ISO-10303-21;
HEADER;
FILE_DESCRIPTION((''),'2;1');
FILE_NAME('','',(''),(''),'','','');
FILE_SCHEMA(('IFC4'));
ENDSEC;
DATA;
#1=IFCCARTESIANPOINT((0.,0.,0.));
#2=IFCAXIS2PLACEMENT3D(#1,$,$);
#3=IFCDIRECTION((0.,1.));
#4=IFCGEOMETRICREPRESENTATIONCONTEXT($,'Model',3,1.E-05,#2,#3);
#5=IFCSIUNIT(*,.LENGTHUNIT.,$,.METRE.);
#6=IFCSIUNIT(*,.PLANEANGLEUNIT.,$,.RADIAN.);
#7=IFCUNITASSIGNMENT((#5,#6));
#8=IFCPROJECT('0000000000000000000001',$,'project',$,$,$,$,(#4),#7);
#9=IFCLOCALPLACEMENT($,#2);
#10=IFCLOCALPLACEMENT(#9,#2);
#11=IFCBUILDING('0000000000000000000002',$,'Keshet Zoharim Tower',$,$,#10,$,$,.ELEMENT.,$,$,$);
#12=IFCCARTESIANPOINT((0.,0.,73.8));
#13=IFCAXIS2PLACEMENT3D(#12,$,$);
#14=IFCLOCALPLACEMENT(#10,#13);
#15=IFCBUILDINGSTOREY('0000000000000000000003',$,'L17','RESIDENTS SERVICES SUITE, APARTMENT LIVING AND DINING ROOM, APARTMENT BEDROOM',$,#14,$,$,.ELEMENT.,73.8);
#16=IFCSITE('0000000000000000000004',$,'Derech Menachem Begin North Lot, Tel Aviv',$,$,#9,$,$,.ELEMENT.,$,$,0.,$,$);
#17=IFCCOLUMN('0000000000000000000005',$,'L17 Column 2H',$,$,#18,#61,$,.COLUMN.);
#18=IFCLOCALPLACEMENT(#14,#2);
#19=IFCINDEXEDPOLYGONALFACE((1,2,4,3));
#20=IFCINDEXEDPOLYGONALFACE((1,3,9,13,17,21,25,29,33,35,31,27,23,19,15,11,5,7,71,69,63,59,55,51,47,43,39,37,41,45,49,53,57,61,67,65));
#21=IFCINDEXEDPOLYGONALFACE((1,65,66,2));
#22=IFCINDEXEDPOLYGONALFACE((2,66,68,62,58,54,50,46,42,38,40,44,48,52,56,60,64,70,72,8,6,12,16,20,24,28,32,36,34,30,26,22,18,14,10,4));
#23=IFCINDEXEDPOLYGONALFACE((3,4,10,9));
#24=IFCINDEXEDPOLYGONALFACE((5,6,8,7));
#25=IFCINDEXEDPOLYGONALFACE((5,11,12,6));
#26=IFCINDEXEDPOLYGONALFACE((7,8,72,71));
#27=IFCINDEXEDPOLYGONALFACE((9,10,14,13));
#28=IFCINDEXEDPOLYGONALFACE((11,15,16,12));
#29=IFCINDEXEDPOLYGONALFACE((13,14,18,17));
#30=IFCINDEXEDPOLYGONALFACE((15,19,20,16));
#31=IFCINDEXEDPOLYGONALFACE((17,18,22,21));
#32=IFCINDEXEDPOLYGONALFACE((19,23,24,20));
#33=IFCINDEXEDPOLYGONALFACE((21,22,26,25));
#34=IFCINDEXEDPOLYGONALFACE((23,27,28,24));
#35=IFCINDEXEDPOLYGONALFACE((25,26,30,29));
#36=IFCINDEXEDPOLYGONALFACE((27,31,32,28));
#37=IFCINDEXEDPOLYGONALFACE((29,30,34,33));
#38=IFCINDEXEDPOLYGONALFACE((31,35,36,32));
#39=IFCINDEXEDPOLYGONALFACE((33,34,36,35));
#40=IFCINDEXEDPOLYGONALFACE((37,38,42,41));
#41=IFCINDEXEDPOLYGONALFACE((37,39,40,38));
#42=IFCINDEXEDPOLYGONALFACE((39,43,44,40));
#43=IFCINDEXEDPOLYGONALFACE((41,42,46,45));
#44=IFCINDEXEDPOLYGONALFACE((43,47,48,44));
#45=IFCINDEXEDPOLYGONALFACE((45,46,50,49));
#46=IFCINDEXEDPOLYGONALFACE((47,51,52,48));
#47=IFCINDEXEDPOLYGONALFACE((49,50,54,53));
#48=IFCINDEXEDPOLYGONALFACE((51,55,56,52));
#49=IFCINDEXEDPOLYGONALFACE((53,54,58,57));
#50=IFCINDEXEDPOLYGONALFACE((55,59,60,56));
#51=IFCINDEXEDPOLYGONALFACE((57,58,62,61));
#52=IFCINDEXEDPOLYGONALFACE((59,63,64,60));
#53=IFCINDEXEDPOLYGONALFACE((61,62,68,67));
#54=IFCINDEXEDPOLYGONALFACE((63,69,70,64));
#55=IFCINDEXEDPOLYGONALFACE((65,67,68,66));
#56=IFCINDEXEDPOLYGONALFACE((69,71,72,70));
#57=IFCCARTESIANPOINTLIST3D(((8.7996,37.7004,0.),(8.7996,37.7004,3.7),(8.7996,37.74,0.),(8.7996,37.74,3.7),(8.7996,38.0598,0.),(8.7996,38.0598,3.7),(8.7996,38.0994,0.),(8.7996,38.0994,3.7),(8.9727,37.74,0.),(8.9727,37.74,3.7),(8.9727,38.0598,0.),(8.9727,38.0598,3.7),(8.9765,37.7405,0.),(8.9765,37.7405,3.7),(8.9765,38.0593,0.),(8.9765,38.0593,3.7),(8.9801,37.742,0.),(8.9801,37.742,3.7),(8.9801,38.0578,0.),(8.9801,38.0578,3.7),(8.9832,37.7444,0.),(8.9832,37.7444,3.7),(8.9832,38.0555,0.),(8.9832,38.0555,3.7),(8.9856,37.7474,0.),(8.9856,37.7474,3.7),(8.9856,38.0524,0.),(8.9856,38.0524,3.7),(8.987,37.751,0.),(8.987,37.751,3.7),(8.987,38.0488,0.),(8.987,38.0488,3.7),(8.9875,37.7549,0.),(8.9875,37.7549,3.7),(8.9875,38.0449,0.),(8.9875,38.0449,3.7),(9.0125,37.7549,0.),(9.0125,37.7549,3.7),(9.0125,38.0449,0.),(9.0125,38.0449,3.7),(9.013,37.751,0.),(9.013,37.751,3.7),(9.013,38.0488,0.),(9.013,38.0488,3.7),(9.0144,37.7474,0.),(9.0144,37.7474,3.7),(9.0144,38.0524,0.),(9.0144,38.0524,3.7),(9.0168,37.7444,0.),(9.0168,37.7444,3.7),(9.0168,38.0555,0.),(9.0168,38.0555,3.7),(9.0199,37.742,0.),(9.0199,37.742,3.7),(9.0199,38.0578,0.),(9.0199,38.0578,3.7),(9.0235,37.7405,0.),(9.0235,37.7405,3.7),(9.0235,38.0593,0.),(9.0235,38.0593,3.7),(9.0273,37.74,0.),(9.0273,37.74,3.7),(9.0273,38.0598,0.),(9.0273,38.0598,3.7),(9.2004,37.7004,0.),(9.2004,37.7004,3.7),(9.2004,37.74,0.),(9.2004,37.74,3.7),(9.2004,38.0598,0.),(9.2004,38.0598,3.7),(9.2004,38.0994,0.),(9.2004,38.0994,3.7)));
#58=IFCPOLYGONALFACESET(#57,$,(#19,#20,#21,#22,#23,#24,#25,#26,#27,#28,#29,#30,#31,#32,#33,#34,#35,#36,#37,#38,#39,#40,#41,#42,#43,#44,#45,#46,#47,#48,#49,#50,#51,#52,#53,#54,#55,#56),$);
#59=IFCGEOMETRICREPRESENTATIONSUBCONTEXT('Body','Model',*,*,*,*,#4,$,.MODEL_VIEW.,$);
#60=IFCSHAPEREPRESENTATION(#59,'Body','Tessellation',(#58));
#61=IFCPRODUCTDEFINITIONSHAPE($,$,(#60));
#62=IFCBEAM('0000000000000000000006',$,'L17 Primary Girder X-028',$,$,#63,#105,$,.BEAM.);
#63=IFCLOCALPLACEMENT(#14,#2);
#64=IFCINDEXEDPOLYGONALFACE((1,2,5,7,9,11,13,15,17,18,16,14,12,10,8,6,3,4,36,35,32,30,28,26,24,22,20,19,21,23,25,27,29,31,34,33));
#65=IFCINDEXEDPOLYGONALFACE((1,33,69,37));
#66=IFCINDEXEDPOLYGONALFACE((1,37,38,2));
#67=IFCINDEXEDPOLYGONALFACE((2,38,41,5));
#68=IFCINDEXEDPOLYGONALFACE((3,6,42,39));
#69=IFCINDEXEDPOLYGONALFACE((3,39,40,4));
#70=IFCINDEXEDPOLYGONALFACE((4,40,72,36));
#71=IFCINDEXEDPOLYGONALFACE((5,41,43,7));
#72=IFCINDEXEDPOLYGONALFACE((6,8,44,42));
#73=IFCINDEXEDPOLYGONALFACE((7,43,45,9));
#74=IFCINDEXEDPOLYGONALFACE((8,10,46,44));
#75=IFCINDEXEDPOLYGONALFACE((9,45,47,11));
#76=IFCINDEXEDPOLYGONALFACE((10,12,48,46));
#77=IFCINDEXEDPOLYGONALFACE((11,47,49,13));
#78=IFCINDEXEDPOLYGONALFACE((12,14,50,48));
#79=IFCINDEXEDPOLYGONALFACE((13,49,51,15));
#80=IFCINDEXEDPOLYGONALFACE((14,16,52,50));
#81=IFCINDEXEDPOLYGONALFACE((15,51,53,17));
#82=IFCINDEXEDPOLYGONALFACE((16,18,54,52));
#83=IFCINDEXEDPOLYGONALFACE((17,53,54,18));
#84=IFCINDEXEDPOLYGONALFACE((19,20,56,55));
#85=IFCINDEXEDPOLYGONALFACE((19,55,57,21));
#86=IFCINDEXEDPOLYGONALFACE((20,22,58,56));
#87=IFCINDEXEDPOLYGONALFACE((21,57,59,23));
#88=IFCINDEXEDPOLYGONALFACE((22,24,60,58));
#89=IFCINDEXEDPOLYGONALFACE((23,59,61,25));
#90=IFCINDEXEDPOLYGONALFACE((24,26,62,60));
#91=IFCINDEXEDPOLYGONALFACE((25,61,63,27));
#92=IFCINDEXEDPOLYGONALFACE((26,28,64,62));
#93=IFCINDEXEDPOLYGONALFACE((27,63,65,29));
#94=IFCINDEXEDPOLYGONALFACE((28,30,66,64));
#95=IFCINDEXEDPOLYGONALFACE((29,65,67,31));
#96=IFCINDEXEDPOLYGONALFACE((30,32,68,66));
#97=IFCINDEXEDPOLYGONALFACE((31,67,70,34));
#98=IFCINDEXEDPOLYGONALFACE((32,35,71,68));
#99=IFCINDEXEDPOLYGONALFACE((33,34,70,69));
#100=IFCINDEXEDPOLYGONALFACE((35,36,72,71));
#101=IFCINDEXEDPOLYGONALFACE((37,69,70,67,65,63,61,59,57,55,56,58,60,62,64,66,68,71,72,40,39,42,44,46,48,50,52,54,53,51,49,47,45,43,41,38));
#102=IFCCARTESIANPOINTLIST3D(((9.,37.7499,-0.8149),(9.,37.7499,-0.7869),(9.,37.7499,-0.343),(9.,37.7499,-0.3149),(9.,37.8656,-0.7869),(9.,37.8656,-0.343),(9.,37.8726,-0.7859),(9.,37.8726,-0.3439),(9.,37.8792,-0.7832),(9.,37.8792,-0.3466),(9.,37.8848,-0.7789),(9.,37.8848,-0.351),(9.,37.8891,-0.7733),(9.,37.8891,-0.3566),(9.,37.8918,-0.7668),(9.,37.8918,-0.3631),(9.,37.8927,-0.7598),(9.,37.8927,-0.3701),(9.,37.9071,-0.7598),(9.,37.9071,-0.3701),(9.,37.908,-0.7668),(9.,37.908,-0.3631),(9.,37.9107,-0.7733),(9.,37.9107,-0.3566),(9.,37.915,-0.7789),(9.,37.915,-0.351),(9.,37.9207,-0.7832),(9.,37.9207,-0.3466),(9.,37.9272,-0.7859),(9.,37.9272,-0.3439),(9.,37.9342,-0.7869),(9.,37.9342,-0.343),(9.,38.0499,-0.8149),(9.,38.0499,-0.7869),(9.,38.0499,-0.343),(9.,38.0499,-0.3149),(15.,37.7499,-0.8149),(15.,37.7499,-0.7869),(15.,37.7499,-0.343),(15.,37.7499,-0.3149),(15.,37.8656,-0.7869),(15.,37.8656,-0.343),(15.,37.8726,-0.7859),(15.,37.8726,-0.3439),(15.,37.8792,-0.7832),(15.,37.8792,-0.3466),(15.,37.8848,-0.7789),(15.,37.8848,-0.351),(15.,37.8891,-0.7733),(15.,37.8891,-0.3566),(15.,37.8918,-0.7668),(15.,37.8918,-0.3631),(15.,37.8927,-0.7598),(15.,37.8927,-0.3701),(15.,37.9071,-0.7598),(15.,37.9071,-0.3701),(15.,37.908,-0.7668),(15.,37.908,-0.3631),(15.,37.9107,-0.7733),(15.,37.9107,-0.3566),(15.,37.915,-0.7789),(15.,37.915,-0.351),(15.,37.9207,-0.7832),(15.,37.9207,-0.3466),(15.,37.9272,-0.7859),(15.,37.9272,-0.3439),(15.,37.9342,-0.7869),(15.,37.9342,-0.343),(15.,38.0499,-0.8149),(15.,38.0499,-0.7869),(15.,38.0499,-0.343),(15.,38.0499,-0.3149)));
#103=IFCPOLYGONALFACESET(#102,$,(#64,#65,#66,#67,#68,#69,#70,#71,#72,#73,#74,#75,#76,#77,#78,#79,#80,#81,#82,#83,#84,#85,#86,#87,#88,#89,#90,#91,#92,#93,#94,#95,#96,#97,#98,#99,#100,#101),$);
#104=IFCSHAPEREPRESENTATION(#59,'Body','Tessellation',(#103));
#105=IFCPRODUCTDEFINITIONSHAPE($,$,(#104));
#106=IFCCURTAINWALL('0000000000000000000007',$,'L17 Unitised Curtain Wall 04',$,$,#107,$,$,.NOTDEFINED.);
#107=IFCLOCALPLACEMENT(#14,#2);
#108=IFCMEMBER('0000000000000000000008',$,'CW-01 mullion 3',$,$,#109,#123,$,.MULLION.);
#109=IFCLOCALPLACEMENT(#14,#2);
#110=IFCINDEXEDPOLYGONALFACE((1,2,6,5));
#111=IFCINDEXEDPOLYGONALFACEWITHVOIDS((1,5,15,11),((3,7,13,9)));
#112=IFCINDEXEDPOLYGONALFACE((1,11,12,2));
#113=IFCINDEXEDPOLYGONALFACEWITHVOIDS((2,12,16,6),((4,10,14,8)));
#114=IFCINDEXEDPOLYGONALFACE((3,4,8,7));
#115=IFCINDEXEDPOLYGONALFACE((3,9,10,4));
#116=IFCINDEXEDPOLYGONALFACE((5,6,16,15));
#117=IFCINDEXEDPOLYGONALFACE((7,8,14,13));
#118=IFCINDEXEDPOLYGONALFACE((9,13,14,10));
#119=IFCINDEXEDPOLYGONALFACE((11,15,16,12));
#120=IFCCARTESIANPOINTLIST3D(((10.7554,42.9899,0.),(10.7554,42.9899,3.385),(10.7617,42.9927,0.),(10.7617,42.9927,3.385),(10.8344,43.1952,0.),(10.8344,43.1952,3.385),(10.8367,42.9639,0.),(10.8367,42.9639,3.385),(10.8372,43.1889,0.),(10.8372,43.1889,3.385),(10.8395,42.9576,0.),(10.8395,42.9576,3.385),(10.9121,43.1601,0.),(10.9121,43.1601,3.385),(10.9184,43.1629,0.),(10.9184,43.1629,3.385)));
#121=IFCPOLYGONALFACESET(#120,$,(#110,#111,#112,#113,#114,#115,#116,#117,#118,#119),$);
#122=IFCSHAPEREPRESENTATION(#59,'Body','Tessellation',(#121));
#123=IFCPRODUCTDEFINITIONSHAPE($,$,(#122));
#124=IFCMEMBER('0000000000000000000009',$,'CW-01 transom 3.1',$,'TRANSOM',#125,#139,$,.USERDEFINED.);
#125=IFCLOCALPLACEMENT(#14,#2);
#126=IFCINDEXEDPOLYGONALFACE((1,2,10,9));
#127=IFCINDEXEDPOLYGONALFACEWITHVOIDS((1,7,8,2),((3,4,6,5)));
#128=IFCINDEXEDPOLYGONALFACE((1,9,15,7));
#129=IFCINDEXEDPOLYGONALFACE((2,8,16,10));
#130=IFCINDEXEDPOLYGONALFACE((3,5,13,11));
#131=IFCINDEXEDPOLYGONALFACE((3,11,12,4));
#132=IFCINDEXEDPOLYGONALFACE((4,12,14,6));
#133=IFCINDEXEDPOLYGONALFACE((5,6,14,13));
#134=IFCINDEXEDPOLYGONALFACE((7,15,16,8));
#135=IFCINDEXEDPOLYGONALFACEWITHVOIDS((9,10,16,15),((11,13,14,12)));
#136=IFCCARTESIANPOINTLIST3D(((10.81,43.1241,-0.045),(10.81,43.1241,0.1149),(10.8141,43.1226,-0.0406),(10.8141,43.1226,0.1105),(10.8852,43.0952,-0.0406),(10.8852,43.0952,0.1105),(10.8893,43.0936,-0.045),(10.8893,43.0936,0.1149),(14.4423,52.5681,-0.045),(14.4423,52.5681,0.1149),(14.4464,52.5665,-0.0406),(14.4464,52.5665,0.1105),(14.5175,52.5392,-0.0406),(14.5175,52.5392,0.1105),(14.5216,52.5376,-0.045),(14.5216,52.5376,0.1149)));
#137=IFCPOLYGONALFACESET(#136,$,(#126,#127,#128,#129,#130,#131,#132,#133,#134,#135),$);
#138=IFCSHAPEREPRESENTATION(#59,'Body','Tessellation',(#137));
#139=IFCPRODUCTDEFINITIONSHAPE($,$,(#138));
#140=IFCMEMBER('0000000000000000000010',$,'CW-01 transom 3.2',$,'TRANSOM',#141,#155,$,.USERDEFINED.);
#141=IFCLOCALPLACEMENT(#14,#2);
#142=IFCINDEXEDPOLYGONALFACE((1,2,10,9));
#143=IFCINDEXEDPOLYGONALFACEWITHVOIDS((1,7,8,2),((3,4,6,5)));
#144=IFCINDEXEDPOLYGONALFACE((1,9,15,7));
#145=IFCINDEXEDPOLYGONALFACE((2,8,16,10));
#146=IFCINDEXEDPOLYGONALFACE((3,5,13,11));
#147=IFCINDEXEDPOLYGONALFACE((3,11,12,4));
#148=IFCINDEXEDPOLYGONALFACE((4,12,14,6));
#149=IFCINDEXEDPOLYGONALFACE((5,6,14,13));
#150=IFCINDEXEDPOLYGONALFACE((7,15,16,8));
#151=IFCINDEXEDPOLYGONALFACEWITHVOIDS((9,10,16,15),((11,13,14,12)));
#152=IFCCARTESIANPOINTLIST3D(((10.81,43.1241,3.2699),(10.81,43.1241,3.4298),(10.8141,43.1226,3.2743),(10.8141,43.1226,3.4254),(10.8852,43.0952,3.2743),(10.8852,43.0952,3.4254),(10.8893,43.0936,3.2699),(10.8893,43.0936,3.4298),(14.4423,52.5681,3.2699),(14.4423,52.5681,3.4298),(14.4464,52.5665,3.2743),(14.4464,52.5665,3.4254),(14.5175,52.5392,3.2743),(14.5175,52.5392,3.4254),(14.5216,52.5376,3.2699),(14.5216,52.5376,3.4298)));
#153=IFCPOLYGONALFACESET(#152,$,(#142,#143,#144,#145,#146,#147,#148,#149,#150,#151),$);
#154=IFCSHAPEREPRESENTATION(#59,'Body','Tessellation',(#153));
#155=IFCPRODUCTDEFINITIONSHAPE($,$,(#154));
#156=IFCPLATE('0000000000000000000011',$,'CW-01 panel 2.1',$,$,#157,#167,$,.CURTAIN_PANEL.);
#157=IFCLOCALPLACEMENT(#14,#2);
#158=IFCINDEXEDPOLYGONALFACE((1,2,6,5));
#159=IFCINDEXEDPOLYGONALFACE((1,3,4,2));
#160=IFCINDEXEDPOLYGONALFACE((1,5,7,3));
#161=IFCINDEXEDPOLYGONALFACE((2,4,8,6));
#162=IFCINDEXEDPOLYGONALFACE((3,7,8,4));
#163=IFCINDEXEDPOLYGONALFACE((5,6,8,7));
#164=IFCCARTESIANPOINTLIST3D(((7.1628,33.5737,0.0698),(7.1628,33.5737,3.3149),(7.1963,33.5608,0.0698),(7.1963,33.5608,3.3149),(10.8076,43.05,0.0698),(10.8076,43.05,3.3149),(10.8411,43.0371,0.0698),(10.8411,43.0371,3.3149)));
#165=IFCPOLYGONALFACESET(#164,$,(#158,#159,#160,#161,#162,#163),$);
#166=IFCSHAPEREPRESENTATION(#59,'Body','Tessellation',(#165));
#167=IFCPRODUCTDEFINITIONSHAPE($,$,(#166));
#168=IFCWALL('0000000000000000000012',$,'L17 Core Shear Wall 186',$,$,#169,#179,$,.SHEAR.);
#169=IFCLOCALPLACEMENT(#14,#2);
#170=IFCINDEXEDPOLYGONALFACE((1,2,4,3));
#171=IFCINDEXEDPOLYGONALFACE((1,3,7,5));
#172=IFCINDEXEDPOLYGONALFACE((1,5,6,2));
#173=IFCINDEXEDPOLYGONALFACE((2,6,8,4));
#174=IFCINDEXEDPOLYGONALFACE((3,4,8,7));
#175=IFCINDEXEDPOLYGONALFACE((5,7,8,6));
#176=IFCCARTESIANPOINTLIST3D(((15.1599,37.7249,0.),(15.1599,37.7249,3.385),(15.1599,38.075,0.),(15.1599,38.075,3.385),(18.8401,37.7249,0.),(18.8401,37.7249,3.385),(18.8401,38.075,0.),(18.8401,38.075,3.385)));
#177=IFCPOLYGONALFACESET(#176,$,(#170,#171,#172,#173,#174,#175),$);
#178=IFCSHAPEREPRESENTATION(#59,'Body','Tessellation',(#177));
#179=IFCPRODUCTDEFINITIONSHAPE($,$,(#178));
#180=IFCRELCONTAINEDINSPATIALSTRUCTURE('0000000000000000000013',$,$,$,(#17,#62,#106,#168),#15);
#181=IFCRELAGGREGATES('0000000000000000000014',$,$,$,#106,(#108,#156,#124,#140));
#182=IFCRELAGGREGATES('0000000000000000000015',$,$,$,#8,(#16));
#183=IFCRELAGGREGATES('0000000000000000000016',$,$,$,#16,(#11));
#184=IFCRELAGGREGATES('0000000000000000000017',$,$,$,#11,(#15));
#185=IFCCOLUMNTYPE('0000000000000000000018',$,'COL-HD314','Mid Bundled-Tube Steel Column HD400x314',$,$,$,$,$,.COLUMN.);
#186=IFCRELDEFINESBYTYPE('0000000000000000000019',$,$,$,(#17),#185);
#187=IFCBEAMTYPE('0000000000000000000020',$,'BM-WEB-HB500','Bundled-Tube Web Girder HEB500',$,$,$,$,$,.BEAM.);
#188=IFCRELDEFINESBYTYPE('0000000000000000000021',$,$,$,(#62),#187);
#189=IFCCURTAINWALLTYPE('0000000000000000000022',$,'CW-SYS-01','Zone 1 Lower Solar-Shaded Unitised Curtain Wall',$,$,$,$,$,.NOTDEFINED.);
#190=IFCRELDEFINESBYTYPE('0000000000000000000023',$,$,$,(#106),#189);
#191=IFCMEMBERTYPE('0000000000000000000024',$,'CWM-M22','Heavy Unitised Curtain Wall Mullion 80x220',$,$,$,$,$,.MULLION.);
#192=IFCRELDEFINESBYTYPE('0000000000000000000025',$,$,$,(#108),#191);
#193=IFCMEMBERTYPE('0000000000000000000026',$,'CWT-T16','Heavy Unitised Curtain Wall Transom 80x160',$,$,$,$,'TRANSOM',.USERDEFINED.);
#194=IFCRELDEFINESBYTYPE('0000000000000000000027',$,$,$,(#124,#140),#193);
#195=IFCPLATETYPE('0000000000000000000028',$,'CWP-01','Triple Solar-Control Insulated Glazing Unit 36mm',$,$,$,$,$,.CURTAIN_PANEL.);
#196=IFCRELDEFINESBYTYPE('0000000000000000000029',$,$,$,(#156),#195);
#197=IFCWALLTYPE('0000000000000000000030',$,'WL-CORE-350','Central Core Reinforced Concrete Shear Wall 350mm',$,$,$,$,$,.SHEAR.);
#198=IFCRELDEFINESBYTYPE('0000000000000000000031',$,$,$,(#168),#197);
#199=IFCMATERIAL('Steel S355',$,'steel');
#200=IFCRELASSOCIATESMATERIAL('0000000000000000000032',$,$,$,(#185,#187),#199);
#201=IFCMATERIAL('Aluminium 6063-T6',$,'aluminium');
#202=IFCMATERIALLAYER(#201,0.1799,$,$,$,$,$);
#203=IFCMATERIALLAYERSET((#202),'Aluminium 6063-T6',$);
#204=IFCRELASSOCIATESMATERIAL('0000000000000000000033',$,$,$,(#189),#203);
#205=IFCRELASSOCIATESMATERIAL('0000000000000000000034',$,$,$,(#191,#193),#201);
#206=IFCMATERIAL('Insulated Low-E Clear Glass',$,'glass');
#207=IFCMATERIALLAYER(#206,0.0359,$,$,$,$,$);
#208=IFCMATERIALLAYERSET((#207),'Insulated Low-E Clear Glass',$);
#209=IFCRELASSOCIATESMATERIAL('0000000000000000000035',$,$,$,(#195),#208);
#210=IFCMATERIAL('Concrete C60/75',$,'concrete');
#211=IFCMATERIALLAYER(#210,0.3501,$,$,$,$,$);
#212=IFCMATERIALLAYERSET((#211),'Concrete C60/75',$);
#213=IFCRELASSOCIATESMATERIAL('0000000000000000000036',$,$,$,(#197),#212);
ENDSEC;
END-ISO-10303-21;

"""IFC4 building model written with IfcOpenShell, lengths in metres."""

from ifc_helpers import new_model, si_unit, direction, frame, frame_2d, origin, origin_2d, place, context, subcontext, project, spatial, rectangle, hollow_rectangle, i_section, extrude, material, layer, layer_set, material_profile, profile_set, type_object, element, aggregate, save


model = new_model("IFC4")

# Units and contexts
model_context = context("Model", 3, precision=1e-05, world=origin(), true_north=direction((0.0, 1.0)))
body_context = subcontext(model_context, "Body", "Model", "MODEL_VIEW")
ifc_project = project(units=[si_unit("LENGTHUNIT", "METRE"), si_unit("PLANEANGLEUNIT", "RADIAN")], contexts=[model_context])

# Site, building, storey
site_placement = place(None, origin())
site = spatial("IfcSite", under=ifc_project, at=site_placement, Name="Derech Menachem Begin North Lot, Tel Aviv", CompositionType="ELEMENT", RefElevation=0.0)
building_placement = place(site_placement, origin())
building = spatial("IfcBuilding", under=site, at=building_placement, Name="Keshet Zoharim Tower", CompositionType="ELEMENT")
storey_placement = place(building_placement, frame((0.0, 0.0, 73.8)))
storey = spatial("IfcBuildingStorey", under=building, at=storey_placement, Name="L17", Description="RESIDENTS SERVICES SUITE, APARTMENT LIVING AND DINING ROOM, APARTMENT BEDROOM", CompositionType="ELEMENT", Elevation=73.8)

# Column
ifc_material_1 = material(Name="Steel S355", Category="steel")
ifc_material_profile_1 = material_profile(ifc_material_1, i_section(OverallWidth=0.4009, OverallDepth=0.3989, WebThickness=0.0249, FlangeThickness=0.0396, FilletRadius=0.0149, at=origin_2d()), Name="HD400x314")
ifc_profile_set_1 = profile_set([ifc_material_profile_1], Name="Steel S355")
column_type = type_object("IfcColumnType", Name="COL-HD314", Description="Mid Bundled-Tube Steel Column HD400x314", PredefinedType="COLUMN", material=ifc_profile_set_1)
column_placement = place(storey_placement, frame((9.0, 37.8999, 0.0), z_axis=(0.0, 0.0, 1.0), x_axis=(1.0, 0.0, 0.0)))
element("IfcColumn", 1, at=column_placement, inside=storey, type_object=column_type, Name="L17 Column 2H", PredefinedType="COLUMN", context=body_context, shape_type="SweptSolid", body=[
    extrude(i_section(OverallWidth=0.4009, OverallDepth=0.3989, WebThickness=0.0249, FlangeThickness=0.0396, FilletRadius=0.0149, at=origin_2d()), origin(), (0.0, 0.0, 1.0), 3.7),
])

# Beam
ifc_material_profile_2 = material_profile(ifc_material_1, i_section(OverallWidth=0.3, OverallDepth=0.5, WebThickness=0.0144, FlangeThickness=0.0281, FilletRadius=0.0271, at=origin_2d()), Name="HEB500")
ifc_profile_set_2 = profile_set([ifc_material_profile_2], Name="Steel S355")
beam_type = type_object("IfcBeamType", Name="BM-WEB-HB500", Description="Bundled-Tube Web Girder HEB500", PredefinedType="BEAM", material=ifc_profile_set_2)
beam_placement = place(storey_placement, frame((9.0, 37.8999, -0.5649), z_axis=(1.0, 0.0, 0.0), x_axis=(0.0, 1.0, 0.0)))
element("IfcBeam", 2, at=beam_placement, inside=storey, type_object=beam_type, Name="L17 Primary Girder X-028", PredefinedType="BEAM", context=body_context, shape_type="SweptSolid", body=[
    extrude(i_section(OverallWidth=0.3, OverallDepth=0.5, WebThickness=0.0144, FlangeThickness=0.0281, FilletRadius=0.0271, at=origin_2d()), origin(), (0.0, 0.0, 1.0), 6.0),
])

# Curtain wall, members, plate
ifc_material_2 = material(Name="Aluminium 6063-T6", Category="aluminium")
ifc_layer_1 = layer(ifc_material_2, 0.1799)
ifc_layer_set_1 = layer_set([ifc_layer_1], Name="Aluminium 6063-T6")
curtain_wall_type = type_object("IfcCurtainWallType", Name="CW-SYS-01", Description="Zone 1 Lower Solar-Shaded Unitised Curtain Wall", PredefinedType="NOTDEFINED", material=ifc_layer_set_1)
curtain_wall_placement = place(storey_placement, origin())
curtain_wall = element("IfcCurtainWall", 3, at=curtain_wall_placement, inside=storey, type_object=curtain_wall_type, Name="L17 Unitised Curtain Wall 04", PredefinedType="NOTDEFINED")
ifc_material_profile_3 = material_profile(ifc_material_2, hollow_rectangle(XDim=0.0901, YDim=0.22, WallThickness=0.0049, at=origin_2d()), Name="MUL-90x220")
ifc_profile_set_3 = profile_set([ifc_material_profile_3], Name="Aluminium 6063-T6")
member_type_1 = type_object("IfcMemberType", Name="CWM-M22", Description="Heavy Unitised Curtain Wall Mullion 80x220", PredefinedType="MULLION", material=ifc_profile_set_3)
member_1_placement = place(storey_placement, frame((10.8369, 43.0764, 0.0), z_axis=(0.0, 0.0, 1.0), x_axis=(-0.933341, 0.35899, 0.0)))
member_1 = element("IfcMember", 4, at=member_1_placement, type_object=member_type_1, Name="CW-01 mullion 3", PredefinedType="MULLION", context=body_context, shape_type="SweptSolid", body=[
    extrude(hollow_rectangle(XDim=0.0901, YDim=0.22, WallThickness=0.0049, at=origin_2d()), origin(), (0.0, 0.0, 1.0), 3.385),
])
ifc_material_profile_4 = material_profile(ifc_material_2, hollow_rectangle(XDim=0.085, YDim=0.1599, WallThickness=0.0044, at=origin_2d()), Name="TRN-85x160")
ifc_profile_set_4 = profile_set([ifc_material_profile_4], Name="Aluminium 6063-T6")
member_type_2 = type_object("IfcMemberType", Name="CWT-T16", Description="Heavy Unitised Curtain Wall Transom 80x160", ElementType="TRANSOM", PredefinedType="USERDEFINED", material=ifc_profile_set_4)
member_2_placement = place(storey_placement, frame((10.8496, 43.1089, 0.0349), z_axis=(0.358986, 0.933343, 0.0), x_axis=(-0.933343, 0.358986, 0.0)))
member_2 = element("IfcMember", 5, at=member_2_placement, type_object=member_type_2, Name="CW-01 transom 3.1", ObjectType="TRANSOM", PredefinedType="USERDEFINED", context=body_context, shape_type="SweptSolid", body=[
    extrude(hollow_rectangle(XDim=0.085, YDim=0.1599, WallThickness=0.0044, at=origin_2d()), origin(), (0.0, 0.0, 1.0), 10.1184),
])
member_3_placement = place(storey_placement, frame((10.8496, 43.1089, 3.3499), z_axis=(0.358986, 0.933343, 0.0), x_axis=(-0.933343, 0.358986, 0.0)))
member_3 = element("IfcMember", 6, at=member_3_placement, type_object=member_type_2, Name="CW-01 transom 3.2", ObjectType="TRANSOM", PredefinedType="USERDEFINED", context=body_context, shape_type="SweptSolid", body=[
    extrude(hollow_rectangle(XDim=0.085, YDim=0.1599, WallThickness=0.0044, at=origin_2d()), origin(), (0.0, 0.0, 1.0), 10.1184),
])
ifc_material_3 = material(Name="Insulated Low-E Clear Glass", Category="glass")
ifc_layer_2 = layer(ifc_material_3, 0.0359)
ifc_layer_set_2 = layer_set([ifc_layer_2], Name="Insulated Low-E Clear Glass")
plate_type = type_object("IfcPlateType", Name="CWP-01", Description="Triple Solar-Control Insulated Glazing Unit 36mm", PredefinedType="CURTAIN_PANEL", material=ifc_layer_set_2)
plate_placement = place(storey_placement, frame((9.002, 38.3054, 0.0698), z_axis=(0.0, 0.0, 1.0), x_axis=(0.35899, 0.933341, 0.0)))
plate = element("IfcPlate", 7, at=plate_placement, type_object=plate_type, Name="CW-01 panel 2.1", PredefinedType="CURTAIN_PANEL", context=body_context, shape_type="SweptSolid", body=[
    extrude(rectangle(XDim=10.1531, YDim=0.0359, at=origin_2d()), origin(), (0.0, 0.0, 1.0), 3.2451),
])
aggregate(curtain_wall, [member_1, plate, member_2, member_3])

# Wall
ifc_material_4 = material(Name="Concrete C60/75", Category="concrete")
ifc_layer_3 = layer(ifc_material_4, 0.3501)
ifc_layer_set_3 = layer_set([ifc_layer_3], Name="Concrete C60/75")
wall_type_1 = type_object("IfcWallType", Name="WL-CORE-350", Description="Central Core Reinforced Concrete Shear Wall 350mm", PredefinedType="SHEAR", material=ifc_layer_set_3)
wall_1_placement = place(storey_placement, frame((15.1599, 37.8999, 0.0), z_axis=(0.0, 0.0, 1.0), x_axis=(1.0, 0.0, 0.0)))
element("IfcWall", 8, at=wall_1_placement, inside=storey, type_object=wall_type_1, Name="L17 Core Shear Wall 186", PredefinedType="SHEAR", context=body_context, shape_type="SweptSolid", body=[
    extrude(rectangle(XDim=3.6802, YDim=0.3501, at=frame_2d((1.8401, 0.0))), origin(), (0.0, 0.0, 1.0), 3.385),
])

save(model, "model.ifc")
